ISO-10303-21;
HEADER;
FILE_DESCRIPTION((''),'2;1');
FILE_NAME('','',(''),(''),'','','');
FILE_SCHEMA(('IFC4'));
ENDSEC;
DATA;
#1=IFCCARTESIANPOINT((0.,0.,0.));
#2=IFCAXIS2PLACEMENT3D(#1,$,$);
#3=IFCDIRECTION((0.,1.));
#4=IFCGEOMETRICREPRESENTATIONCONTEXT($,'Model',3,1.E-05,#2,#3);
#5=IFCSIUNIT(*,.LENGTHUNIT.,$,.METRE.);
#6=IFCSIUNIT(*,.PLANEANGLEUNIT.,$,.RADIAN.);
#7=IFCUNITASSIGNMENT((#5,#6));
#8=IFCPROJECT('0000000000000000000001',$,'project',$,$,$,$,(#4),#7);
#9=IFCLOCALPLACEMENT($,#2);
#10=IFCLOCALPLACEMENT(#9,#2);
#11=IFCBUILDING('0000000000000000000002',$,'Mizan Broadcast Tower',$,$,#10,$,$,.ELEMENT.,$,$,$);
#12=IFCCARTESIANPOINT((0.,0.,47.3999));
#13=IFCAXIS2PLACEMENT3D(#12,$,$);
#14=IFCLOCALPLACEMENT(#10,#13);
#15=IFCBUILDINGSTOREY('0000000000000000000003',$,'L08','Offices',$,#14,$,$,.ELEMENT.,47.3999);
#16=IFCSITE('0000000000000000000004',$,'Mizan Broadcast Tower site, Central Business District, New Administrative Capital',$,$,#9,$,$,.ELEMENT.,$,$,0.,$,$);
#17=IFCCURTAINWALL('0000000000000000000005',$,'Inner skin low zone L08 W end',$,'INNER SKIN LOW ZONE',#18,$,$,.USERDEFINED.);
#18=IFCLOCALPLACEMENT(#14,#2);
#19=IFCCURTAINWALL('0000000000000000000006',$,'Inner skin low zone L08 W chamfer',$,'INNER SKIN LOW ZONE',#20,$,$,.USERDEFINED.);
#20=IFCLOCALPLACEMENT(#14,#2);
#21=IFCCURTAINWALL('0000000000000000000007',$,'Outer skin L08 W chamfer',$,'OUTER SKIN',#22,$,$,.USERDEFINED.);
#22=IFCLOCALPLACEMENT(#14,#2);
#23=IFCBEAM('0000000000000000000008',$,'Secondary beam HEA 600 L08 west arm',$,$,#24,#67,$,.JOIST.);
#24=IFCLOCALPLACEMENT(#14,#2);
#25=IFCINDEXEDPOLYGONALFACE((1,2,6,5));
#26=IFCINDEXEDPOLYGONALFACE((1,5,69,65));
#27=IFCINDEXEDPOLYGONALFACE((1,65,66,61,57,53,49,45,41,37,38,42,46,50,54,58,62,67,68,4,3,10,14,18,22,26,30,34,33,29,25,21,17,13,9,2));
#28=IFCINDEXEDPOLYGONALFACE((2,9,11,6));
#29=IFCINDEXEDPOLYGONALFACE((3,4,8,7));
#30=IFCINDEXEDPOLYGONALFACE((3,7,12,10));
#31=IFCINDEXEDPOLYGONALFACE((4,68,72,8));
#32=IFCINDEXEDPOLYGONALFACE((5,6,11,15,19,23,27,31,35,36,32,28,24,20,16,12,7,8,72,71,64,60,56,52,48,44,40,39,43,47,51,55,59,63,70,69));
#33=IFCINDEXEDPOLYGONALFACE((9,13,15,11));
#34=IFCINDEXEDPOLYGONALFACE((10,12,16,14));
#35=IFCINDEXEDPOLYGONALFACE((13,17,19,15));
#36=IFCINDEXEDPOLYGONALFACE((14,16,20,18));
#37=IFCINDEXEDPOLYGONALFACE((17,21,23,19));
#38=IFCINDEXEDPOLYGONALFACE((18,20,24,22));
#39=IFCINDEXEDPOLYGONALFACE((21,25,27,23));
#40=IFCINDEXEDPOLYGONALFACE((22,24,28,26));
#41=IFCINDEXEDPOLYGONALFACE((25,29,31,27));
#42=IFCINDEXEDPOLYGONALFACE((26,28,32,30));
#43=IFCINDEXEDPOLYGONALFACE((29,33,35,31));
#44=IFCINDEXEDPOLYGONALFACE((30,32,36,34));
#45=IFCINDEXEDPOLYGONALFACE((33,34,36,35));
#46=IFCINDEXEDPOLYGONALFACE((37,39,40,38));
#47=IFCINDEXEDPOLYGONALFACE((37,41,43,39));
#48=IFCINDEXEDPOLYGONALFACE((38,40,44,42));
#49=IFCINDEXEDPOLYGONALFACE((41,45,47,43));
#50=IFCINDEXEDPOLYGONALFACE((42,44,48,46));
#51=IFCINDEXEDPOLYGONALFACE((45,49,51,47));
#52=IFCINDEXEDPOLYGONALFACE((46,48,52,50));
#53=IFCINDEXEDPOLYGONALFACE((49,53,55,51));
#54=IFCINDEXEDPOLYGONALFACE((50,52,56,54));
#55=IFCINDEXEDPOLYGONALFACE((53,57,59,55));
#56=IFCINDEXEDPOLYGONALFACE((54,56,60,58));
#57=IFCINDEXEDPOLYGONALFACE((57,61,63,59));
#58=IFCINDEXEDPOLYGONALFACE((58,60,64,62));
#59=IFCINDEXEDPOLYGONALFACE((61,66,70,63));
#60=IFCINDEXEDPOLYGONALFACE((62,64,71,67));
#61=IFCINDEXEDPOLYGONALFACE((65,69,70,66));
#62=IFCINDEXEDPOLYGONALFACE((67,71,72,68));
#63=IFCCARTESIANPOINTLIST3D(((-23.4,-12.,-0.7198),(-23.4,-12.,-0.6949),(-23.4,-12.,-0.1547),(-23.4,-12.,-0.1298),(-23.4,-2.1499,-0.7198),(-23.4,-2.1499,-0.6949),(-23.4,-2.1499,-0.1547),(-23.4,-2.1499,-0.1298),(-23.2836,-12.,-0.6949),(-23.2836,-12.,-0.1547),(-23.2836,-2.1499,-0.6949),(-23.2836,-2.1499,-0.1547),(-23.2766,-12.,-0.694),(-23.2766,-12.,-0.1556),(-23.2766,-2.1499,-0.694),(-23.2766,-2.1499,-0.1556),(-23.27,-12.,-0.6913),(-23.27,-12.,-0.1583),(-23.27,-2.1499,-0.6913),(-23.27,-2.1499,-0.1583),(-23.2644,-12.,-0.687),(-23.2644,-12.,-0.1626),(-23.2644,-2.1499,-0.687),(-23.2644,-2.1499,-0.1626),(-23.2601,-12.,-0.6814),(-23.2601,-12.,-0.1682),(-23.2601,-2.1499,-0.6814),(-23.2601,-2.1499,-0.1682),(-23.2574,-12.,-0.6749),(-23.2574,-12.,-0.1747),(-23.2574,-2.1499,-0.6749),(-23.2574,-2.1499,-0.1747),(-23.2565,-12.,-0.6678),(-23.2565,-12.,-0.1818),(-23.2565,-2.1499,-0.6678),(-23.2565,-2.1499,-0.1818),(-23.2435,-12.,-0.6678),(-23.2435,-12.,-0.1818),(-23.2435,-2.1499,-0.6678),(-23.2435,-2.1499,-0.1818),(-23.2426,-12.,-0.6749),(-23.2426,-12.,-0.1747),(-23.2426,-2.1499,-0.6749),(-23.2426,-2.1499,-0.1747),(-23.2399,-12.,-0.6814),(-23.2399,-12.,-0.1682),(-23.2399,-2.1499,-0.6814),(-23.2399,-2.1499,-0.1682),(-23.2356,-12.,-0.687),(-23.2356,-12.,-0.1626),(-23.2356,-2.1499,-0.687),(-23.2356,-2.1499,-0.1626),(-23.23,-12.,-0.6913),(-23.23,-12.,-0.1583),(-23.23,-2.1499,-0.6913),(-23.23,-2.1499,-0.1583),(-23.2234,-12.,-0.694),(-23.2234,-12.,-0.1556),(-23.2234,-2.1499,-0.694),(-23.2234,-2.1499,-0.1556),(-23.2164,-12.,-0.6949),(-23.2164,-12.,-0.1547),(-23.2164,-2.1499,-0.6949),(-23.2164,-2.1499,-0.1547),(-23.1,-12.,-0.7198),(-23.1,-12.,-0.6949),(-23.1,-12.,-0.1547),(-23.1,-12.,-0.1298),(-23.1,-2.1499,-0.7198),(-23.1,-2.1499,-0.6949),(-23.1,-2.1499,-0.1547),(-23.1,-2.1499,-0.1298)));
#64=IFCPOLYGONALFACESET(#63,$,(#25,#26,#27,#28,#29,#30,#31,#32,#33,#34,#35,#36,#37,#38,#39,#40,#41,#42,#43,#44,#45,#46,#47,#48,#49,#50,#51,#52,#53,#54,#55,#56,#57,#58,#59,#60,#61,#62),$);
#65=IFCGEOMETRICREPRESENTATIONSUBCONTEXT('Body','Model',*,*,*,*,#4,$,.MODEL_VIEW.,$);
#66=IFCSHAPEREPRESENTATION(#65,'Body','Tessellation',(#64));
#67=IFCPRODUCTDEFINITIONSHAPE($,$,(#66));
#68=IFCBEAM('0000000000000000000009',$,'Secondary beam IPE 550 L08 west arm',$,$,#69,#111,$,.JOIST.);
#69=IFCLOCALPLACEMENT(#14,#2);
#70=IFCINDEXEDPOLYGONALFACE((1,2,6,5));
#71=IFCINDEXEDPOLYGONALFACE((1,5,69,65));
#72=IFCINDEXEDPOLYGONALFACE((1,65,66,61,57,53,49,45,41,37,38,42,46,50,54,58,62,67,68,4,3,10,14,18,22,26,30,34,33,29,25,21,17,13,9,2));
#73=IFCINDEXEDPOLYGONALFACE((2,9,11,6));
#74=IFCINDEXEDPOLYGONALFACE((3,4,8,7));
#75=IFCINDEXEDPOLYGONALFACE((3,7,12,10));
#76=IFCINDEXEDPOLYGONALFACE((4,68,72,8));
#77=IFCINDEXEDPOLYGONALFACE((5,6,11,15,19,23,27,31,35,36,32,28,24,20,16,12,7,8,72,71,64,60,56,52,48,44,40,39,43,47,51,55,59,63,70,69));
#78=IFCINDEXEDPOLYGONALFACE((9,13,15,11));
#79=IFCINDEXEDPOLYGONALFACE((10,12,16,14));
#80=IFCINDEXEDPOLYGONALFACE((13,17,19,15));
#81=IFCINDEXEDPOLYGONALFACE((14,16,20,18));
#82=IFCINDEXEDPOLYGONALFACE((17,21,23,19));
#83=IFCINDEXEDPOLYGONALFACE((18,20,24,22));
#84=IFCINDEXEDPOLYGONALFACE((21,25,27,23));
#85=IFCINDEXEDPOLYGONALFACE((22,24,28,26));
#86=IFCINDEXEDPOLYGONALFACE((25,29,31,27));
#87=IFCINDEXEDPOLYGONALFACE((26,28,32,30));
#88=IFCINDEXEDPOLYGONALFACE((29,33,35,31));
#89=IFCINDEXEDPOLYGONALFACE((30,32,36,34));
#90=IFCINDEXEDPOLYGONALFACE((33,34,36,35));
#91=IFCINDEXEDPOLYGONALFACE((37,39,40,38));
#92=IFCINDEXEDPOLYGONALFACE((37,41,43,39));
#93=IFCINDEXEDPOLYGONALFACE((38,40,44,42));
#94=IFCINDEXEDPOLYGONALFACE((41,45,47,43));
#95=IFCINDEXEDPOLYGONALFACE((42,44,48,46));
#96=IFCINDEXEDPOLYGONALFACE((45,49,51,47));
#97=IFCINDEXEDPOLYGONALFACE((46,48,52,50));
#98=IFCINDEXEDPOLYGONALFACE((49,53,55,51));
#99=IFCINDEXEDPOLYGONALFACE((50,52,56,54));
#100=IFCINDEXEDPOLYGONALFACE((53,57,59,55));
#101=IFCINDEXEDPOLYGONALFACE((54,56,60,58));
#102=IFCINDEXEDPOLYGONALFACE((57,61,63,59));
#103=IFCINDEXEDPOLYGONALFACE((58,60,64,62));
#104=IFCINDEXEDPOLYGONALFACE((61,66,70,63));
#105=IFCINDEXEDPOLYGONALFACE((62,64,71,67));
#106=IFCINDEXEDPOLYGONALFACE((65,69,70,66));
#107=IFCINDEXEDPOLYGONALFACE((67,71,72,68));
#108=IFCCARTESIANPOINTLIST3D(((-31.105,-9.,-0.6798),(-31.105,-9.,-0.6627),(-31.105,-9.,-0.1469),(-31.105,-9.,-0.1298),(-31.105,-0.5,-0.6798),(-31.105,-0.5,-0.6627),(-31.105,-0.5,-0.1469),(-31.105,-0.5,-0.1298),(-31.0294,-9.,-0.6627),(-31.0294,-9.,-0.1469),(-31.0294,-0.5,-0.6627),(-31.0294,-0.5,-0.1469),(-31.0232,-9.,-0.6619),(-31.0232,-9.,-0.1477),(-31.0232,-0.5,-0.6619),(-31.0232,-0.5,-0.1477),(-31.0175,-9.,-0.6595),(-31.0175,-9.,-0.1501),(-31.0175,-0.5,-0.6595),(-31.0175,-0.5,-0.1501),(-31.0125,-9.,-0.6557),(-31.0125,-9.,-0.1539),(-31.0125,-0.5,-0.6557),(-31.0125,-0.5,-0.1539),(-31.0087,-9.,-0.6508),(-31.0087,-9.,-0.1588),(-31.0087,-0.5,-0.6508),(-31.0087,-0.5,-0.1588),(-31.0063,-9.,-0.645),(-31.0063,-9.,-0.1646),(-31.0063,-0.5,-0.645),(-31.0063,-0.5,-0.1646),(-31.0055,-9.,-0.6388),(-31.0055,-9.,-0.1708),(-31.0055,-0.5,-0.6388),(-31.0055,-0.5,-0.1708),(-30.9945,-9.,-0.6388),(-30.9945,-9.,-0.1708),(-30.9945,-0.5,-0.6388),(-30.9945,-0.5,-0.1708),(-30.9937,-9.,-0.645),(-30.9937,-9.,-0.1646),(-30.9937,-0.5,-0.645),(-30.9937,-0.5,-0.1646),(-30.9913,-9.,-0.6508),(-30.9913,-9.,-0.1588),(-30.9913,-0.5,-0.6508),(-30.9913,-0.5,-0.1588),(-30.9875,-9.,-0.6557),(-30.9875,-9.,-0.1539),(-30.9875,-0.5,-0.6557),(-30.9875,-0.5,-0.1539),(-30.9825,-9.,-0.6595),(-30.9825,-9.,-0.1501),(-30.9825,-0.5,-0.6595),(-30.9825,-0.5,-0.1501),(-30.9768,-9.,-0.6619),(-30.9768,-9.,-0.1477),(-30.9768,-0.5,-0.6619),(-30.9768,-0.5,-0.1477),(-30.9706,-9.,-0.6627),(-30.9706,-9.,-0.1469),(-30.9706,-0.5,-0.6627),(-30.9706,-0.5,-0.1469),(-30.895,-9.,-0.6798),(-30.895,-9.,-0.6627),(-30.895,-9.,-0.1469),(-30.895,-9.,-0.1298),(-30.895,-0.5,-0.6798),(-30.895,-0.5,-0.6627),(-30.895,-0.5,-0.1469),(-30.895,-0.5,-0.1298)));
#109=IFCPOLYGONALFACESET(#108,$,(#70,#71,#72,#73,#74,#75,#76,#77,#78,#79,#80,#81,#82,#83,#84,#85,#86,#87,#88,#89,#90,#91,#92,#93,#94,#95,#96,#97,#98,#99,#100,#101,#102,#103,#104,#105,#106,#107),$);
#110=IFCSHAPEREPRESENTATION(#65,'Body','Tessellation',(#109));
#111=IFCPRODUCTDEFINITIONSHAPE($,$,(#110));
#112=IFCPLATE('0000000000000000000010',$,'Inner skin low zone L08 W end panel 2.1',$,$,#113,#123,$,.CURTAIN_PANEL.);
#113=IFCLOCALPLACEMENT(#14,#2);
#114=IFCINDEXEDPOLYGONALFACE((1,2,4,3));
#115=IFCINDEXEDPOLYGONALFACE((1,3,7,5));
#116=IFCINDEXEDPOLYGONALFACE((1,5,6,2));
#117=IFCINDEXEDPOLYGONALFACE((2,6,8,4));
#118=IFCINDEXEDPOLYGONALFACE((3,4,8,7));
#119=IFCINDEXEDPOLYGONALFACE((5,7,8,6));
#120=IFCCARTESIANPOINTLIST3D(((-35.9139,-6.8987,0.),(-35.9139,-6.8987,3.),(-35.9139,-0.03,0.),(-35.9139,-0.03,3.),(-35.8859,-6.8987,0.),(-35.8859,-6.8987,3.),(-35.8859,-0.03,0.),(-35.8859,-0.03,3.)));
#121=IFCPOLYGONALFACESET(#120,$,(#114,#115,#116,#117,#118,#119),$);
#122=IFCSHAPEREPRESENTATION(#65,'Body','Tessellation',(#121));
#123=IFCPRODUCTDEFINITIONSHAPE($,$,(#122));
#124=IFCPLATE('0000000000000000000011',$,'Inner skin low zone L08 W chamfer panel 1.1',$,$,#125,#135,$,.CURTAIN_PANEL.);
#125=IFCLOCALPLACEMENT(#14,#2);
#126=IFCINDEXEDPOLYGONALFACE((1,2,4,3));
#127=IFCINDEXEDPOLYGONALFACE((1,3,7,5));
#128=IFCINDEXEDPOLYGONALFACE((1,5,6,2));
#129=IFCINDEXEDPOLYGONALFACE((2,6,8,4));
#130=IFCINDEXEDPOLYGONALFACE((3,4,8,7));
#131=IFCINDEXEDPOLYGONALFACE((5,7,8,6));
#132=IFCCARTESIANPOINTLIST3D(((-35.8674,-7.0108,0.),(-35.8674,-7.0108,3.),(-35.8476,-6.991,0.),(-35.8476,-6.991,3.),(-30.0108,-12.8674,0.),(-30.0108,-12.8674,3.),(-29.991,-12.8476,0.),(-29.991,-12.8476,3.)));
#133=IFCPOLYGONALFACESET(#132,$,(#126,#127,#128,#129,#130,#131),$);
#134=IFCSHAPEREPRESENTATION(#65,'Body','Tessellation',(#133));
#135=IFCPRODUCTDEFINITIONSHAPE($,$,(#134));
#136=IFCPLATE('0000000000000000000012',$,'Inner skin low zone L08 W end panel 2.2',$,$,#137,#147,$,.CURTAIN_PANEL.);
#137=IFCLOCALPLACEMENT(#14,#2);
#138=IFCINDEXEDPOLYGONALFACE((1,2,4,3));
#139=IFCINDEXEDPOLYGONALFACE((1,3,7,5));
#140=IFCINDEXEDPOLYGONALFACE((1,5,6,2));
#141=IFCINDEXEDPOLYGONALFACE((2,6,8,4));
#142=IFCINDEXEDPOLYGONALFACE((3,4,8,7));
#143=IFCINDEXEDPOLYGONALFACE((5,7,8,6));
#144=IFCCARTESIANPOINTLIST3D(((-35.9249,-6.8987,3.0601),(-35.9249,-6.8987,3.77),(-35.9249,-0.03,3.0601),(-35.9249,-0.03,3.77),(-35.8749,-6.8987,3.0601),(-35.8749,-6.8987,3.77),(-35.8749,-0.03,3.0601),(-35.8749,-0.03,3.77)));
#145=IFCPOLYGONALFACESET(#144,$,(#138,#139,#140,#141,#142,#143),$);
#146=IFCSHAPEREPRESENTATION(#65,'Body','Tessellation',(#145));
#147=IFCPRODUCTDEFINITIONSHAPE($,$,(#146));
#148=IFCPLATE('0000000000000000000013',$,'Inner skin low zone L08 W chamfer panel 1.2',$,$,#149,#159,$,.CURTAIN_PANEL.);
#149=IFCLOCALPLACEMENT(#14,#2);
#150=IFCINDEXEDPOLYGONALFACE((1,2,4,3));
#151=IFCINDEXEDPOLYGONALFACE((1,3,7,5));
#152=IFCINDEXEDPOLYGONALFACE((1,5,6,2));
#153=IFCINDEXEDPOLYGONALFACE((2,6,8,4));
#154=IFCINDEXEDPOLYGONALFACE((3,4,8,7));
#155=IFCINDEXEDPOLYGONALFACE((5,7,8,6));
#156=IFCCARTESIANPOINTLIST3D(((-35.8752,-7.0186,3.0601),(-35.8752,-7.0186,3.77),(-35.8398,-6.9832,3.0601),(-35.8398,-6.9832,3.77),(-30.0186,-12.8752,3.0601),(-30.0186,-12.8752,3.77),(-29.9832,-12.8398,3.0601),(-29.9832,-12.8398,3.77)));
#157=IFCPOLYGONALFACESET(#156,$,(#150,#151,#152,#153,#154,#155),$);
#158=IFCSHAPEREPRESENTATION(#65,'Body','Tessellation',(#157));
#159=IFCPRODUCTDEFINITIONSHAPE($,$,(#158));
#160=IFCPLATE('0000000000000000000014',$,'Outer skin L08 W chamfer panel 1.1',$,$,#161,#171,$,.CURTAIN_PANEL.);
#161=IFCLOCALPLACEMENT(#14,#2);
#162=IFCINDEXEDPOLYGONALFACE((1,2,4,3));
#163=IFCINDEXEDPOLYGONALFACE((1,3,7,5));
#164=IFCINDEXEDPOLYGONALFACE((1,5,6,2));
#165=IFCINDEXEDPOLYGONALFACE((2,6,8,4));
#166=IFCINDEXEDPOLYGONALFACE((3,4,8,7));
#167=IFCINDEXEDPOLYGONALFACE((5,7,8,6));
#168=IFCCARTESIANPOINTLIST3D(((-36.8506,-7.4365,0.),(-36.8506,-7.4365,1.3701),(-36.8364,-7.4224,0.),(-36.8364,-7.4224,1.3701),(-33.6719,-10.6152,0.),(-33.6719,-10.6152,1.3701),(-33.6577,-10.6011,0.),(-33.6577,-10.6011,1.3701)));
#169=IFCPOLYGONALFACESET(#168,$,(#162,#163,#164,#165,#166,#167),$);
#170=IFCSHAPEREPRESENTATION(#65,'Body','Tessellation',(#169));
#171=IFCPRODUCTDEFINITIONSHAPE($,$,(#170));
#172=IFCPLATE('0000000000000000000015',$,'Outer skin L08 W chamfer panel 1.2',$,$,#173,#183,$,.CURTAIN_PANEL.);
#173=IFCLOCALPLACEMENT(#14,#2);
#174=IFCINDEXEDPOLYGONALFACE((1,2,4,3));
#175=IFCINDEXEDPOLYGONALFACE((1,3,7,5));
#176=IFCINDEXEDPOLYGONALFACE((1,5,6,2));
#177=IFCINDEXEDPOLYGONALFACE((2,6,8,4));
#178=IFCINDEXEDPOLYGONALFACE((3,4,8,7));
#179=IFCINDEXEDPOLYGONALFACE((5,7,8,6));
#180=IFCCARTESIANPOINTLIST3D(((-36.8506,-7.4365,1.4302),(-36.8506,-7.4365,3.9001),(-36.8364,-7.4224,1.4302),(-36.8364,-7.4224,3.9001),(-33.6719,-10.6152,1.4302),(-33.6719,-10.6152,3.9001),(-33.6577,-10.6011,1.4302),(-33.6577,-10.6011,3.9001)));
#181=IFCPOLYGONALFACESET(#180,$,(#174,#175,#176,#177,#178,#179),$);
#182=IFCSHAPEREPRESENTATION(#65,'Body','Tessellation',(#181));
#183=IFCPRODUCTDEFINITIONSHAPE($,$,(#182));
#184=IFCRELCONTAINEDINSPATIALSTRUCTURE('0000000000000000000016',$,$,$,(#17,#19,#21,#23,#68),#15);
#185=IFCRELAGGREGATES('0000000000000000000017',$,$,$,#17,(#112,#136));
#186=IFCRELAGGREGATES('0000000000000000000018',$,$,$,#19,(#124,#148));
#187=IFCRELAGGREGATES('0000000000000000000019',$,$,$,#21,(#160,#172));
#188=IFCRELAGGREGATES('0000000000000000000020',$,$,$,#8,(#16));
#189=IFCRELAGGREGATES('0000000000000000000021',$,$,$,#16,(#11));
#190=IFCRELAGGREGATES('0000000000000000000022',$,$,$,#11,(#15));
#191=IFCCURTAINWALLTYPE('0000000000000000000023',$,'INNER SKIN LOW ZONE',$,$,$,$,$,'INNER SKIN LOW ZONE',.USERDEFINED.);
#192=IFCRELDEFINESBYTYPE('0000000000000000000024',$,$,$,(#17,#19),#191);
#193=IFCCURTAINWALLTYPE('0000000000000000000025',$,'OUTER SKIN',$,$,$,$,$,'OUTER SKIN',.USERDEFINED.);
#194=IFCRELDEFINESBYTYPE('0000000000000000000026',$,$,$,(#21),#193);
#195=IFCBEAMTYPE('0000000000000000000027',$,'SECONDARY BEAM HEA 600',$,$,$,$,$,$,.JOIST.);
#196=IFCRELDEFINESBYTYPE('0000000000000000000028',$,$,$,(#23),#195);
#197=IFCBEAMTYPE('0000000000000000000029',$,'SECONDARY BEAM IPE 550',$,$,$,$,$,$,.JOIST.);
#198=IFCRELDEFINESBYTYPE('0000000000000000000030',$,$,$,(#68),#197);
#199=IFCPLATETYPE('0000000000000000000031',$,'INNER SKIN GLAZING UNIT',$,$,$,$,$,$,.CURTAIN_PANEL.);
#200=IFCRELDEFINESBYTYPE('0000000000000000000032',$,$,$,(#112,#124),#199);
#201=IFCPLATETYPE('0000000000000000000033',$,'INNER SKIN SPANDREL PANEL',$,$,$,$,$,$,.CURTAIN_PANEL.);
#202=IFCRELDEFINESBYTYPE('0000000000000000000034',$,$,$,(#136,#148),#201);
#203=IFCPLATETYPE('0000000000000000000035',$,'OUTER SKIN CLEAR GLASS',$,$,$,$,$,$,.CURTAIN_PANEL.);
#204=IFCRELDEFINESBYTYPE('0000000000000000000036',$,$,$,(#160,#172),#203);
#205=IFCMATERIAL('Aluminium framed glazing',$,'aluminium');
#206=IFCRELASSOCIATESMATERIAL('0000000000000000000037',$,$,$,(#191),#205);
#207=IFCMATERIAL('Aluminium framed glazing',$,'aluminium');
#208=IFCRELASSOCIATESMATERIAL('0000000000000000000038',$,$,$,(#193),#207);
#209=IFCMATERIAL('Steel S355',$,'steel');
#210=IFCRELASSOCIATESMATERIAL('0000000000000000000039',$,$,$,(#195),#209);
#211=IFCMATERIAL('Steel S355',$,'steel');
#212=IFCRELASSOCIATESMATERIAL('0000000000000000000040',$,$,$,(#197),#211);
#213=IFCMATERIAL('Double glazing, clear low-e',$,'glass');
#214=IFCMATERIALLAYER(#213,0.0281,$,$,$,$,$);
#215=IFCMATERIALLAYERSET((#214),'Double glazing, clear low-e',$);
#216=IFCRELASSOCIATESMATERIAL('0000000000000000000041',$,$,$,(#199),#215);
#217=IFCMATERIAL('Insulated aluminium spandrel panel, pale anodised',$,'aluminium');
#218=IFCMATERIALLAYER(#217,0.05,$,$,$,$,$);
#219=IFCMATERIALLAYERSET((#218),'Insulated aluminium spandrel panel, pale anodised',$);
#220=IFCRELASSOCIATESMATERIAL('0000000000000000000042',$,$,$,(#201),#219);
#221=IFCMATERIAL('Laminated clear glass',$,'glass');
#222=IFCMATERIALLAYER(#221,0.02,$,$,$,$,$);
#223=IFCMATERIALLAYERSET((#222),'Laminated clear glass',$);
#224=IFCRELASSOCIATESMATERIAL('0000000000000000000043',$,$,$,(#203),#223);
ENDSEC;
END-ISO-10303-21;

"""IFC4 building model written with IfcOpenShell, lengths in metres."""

from ifc_helpers import new_model, si_unit, direction, frame, origin, origin_2d, place, context, subcontext, project, spatial, rectangle, i_section, extrude, material, layer, layer_set, material_profile, profile_set, type_object, element, aggregate, save


model = new_model("IFC4")

# Units and contexts
model_context = context("Model", 3, precision=1e-05, world=origin(), true_north=direction((0.0, 1.0)))
body_context = subcontext(model_context, "Body", "Model", "MODEL_VIEW")
ifc_project = project(units=[si_unit("LENGTHUNIT", "METRE"), si_unit("PLANEANGLEUNIT", "RADIAN")], contexts=[model_context])

# Site, building, storey
site_placement = place(None, origin())
site = spatial("IfcSite", under=ifc_project, at=site_placement, Name="Mizan Broadcast Tower site, Central Business District, New Administrative Capital", CompositionType="ELEMENT", RefElevation=0.0)
building_placement = place(site_placement, origin())
building = spatial("IfcBuilding", under=site, at=building_placement, Name="Mizan Broadcast Tower", CompositionType="ELEMENT")
storey_placement = place(building_placement, frame((0.0, 0.0, 47.3999)))
storey = spatial("IfcBuildingStorey", under=building, at=storey_placement, Name="L08", Description="Offices", CompositionType="ELEMENT", Elevation=47.3999)

# Curtain walls
ifc_material_1 = material(Name="Aluminium framed glazing", Category="aluminium")
curtain_wall_type_1 = type_object("IfcCurtainWallType", Name="INNER SKIN LOW ZONE", ElementType="INNER SKIN LOW ZONE", PredefinedType="USERDEFINED", material=ifc_material_1)
curtain_wall_1_placement = place(storey_placement, origin())
curtain_wall_1 = element("IfcCurtainWall", 1, at=curtain_wall_1_placement, inside=storey, type_object=curtain_wall_type_1, Name="Inner skin low zone L08 W end", ObjectType="INNER SKIN LOW ZONE", PredefinedType="USERDEFINED")
curtain_wall_2_placement = place(storey_placement, origin())
curtain_wall_2 = element("IfcCurtainWall", 2, at=curtain_wall_2_placement, inside=storey, type_object=curtain_wall_type_1, Name="Inner skin low zone L08 W chamfer", ObjectType="INNER SKIN LOW ZONE", PredefinedType="USERDEFINED")
ifc_material_2 = material(Name="Aluminium framed glazing", Category="aluminium")
curtain_wall_type_2 = type_object("IfcCurtainWallType", Name="OUTER SKIN", ElementType="OUTER SKIN", PredefinedType="USERDEFINED", material=ifc_material_2)
curtain_wall_3_placement = place(storey_placement, origin())
curtain_wall_3 = element("IfcCurtainWall", 3, at=curtain_wall_3_placement, inside=storey, type_object=curtain_wall_type_2, Name="Outer skin L08 W chamfer", ObjectType="OUTER SKIN", PredefinedType="USERDEFINED")

# Beams
ifc_material_3 = material(Name="Steel S355", Category="steel")
ifc_material_profile_1 = material_profile(ifc_material_3, i_section(OverallWidth=0.3, OverallDepth=0.5901, WebThickness=0.0129, FlangeThickness=0.0249, FilletRadius=0.0271, at=origin_2d()), Name="HEA 600")
ifc_profile_set_1 = profile_set([ifc_material_profile_1], Name="Steel S355")
beam_type_1 = type_object("IfcBeamType", Name="SECONDARY BEAM HEA 600", PredefinedType="JOIST", material=ifc_profile_set_1)
for number, where, z_axis, x_axis, name in (
    (4, (-23.25, -12.0, -0.4248), (0.0, 1.0, 0.0), (-1.0, 0.0, 0.0), "Secondary beam HEA 600 L08 west arm"),
):
    element("IfcBeam", number, at=place(storey_placement, frame(where, z_axis=z_axis, x_axis=x_axis)), inside=storey, type_object=beam_type_1, Name=name, PredefinedType="JOIST", context=body_context, shape_type="SweptSolid", body=[
        extrude(i_section(OverallWidth=0.3, OverallDepth=0.5901, WebThickness=0.0129, FlangeThickness=0.0249, FilletRadius=0.0271, at=origin_2d()), origin(), (0.0, 0.0, 1.0), 9.8501),
    ])
ifc_material_4 = material(Name="Steel S355", Category="steel")
ifc_material_profile_2 = material_profile(ifc_material_4, i_section(OverallWidth=0.21, OverallDepth=0.55, WebThickness=0.011, FlangeThickness=0.0171, FilletRadius=0.0239, at=origin_2d()), Name="IPE 550")
ifc_profile_set_2 = profile_set([ifc_material_profile_2], Name="Steel S355")
beam_type_2 = type_object("IfcBeamType", Name="SECONDARY BEAM IPE 550", PredefinedType="JOIST", material=ifc_profile_set_2)
beam_1_placement = place(storey_placement, frame((-31.0, -9.0, -0.4048), z_axis=(0.0, 1.0, 0.0), x_axis=(-1.0, 0.0, 0.0)))
element("IfcBeam", 5, at=beam_1_placement, inside=storey, type_object=beam_type_2, Name="Secondary beam IPE 550 L08 west arm", PredefinedType="JOIST", context=body_context, shape_type="SweptSolid", body=[
    extrude(i_section(OverallWidth=0.21, OverallDepth=0.55, WebThickness=0.011, FlangeThickness=0.0171, FilletRadius=0.0239, at=origin_2d()), origin(), (0.0, 0.0, 1.0), 8.5),
])

# Plates
ifc_material_5 = material(Name="Double glazing, clear low-e", Category="glass")
ifc_layer_1 = layer(ifc_material_5, 0.0281)
ifc_layer_set_1 = layer_set([ifc_layer_1], Name="Double glazing, clear low-e")
plate_type_1 = type_object("IfcPlateType", Name="INNER SKIN GLAZING UNIT", PredefinedType="CURTAIN_PANEL", material=ifc_layer_set_1)
plate_1_placement = place(storey_placement, frame((-35.8999, -3.4644, 0.0), z_axis=(0.0, 0.0, 1.0), x_axis=(0.0, -1.0, 0.0)))
plate_1 = element("IfcPlate", 6, at=plate_1_placement, type_object=plate_type_1, Name="Inner skin low zone L08 W end panel 2.1", PredefinedType="CURTAIN_PANEL", context=body_context, shape_type="SweptSolid", body=[
    extrude(rectangle(XDim=6.8687, YDim=0.0281, at=origin_2d()), origin(), (0.0, 0.0, 1.0), 3.0),
])
plate_2_placement = place(storey_placement, frame((-32.9292, -9.9292, 0.0), z_axis=(0.0, 0.0, 1.0), x_axis=(0.707107, -0.707107, 0.0)))
plate_2 = element("IfcPlate", 7, at=plate_2_placement, type_object=plate_type_1, Name="Inner skin low zone L08 W chamfer panel 1.1", PredefinedType="CURTAIN_PANEL", context=body_context, shape_type="SweptSolid", body=[
    extrude(rectangle(XDim=8.2825, YDim=0.0281, at=origin_2d()), origin(), (0.0, 0.0, 1.0), 3.0),
])
ifc_material_6 = material(Name="Insulated aluminium spandrel panel, pale anodised", Category="aluminium")
ifc_layer_2 = layer(ifc_material_6, 0.05)
ifc_layer_set_2 = layer_set([ifc_layer_2], Name="Insulated aluminium spandrel panel, pale anodised")
plate_type_2 = type_object("IfcPlateType", Name="INNER SKIN SPANDREL PANEL", PredefinedType="CURTAIN_PANEL", material=ifc_layer_set_2)
plate_3_placement = place(storey_placement, frame((-35.8999, -3.4644, 3.0601), z_axis=(0.0, 0.0, 1.0), x_axis=(0.0, -1.0, 0.0)))
plate_3 = element("IfcPlate", 8, at=plate_3_placement, type_object=plate_type_2, Name="Inner skin low zone L08 W end panel 2.2", PredefinedType="CURTAIN_PANEL", context=body_context, shape_type="SweptSolid", body=[
    extrude(rectangle(XDim=6.8687, YDim=0.05, at=origin_2d()), origin(), (0.0, 0.0, 1.0), 0.71),
])
aggregate(curtain_wall_1, [plate_1, plate_3])
plate_4_placement = place(storey_placement, frame((-32.9292, -9.9292, 3.0601), z_axis=(0.0, 0.0, 1.0), x_axis=(0.707107, -0.707107, 0.0)))
plate_4 = element("IfcPlate", 9, at=plate_4_placement, type_object=plate_type_2, Name="Inner skin low zone L08 W chamfer panel 1.2", PredefinedType="CURTAIN_PANEL", context=body_context, shape_type="SweptSolid", body=[
    extrude(rectangle(XDim=8.2825, YDim=0.05, at=origin_2d()), origin(), (0.0, 0.0, 1.0), 0.71),
])
aggregate(curtain_wall_2, [plate_2, plate_4])
ifc_material_7 = material(Name="Laminated clear glass", Category="glass")
ifc_layer_3 = layer(ifc_material_7, 0.02)
ifc_layer_set_3 = layer_set([ifc_layer_3], Name="Laminated clear glass")
plate_type_3 = type_object("IfcPlateType", Name="OUTER SKIN CLEAR GLASS", PredefinedType="CURTAIN_PANEL", material=ifc_layer_set_3)
plate_5_placement = place(storey_placement, frame((-35.2542, -9.0188, 0.0), z_axis=(0.0, 0.0, 1.0), x_axis=(0.707107, -0.707107, 0.0)))
plate_5 = element("IfcPlate", 10, at=plate_5_placement, type_object=plate_type_3, Name="Outer skin L08 W chamfer panel 1.1", PredefinedType="CURTAIN_PANEL", context=body_context, shape_type="SweptSolid", body=[
    extrude(rectangle(XDim=4.4954, YDim=0.02, at=origin_2d()), origin(), (0.0, 0.0, 1.0), 1.3701),
])
plate_6_placement = place(storey_placement, frame((-35.2542, -9.0188, 1.4302), z_axis=(0.0, 0.0, 1.0), x_axis=(0.707107, -0.707107, 0.0)))
plate_6 = element("IfcPlate", 11, at=plate_6_placement, type_object=plate_type_3, Name="Outer skin L08 W chamfer panel 1.2", PredefinedType="CURTAIN_PANEL", context=body_context, shape_type="SweptSolid", body=[
    extrude(rectangle(XDim=4.4954, YDim=0.02, at=origin_2d()), origin(), (0.0, 0.0, 1.0), 2.47),
])
aggregate(curtain_wall_3, [plate_5, plate_6])

save(model, "model.ifc")
